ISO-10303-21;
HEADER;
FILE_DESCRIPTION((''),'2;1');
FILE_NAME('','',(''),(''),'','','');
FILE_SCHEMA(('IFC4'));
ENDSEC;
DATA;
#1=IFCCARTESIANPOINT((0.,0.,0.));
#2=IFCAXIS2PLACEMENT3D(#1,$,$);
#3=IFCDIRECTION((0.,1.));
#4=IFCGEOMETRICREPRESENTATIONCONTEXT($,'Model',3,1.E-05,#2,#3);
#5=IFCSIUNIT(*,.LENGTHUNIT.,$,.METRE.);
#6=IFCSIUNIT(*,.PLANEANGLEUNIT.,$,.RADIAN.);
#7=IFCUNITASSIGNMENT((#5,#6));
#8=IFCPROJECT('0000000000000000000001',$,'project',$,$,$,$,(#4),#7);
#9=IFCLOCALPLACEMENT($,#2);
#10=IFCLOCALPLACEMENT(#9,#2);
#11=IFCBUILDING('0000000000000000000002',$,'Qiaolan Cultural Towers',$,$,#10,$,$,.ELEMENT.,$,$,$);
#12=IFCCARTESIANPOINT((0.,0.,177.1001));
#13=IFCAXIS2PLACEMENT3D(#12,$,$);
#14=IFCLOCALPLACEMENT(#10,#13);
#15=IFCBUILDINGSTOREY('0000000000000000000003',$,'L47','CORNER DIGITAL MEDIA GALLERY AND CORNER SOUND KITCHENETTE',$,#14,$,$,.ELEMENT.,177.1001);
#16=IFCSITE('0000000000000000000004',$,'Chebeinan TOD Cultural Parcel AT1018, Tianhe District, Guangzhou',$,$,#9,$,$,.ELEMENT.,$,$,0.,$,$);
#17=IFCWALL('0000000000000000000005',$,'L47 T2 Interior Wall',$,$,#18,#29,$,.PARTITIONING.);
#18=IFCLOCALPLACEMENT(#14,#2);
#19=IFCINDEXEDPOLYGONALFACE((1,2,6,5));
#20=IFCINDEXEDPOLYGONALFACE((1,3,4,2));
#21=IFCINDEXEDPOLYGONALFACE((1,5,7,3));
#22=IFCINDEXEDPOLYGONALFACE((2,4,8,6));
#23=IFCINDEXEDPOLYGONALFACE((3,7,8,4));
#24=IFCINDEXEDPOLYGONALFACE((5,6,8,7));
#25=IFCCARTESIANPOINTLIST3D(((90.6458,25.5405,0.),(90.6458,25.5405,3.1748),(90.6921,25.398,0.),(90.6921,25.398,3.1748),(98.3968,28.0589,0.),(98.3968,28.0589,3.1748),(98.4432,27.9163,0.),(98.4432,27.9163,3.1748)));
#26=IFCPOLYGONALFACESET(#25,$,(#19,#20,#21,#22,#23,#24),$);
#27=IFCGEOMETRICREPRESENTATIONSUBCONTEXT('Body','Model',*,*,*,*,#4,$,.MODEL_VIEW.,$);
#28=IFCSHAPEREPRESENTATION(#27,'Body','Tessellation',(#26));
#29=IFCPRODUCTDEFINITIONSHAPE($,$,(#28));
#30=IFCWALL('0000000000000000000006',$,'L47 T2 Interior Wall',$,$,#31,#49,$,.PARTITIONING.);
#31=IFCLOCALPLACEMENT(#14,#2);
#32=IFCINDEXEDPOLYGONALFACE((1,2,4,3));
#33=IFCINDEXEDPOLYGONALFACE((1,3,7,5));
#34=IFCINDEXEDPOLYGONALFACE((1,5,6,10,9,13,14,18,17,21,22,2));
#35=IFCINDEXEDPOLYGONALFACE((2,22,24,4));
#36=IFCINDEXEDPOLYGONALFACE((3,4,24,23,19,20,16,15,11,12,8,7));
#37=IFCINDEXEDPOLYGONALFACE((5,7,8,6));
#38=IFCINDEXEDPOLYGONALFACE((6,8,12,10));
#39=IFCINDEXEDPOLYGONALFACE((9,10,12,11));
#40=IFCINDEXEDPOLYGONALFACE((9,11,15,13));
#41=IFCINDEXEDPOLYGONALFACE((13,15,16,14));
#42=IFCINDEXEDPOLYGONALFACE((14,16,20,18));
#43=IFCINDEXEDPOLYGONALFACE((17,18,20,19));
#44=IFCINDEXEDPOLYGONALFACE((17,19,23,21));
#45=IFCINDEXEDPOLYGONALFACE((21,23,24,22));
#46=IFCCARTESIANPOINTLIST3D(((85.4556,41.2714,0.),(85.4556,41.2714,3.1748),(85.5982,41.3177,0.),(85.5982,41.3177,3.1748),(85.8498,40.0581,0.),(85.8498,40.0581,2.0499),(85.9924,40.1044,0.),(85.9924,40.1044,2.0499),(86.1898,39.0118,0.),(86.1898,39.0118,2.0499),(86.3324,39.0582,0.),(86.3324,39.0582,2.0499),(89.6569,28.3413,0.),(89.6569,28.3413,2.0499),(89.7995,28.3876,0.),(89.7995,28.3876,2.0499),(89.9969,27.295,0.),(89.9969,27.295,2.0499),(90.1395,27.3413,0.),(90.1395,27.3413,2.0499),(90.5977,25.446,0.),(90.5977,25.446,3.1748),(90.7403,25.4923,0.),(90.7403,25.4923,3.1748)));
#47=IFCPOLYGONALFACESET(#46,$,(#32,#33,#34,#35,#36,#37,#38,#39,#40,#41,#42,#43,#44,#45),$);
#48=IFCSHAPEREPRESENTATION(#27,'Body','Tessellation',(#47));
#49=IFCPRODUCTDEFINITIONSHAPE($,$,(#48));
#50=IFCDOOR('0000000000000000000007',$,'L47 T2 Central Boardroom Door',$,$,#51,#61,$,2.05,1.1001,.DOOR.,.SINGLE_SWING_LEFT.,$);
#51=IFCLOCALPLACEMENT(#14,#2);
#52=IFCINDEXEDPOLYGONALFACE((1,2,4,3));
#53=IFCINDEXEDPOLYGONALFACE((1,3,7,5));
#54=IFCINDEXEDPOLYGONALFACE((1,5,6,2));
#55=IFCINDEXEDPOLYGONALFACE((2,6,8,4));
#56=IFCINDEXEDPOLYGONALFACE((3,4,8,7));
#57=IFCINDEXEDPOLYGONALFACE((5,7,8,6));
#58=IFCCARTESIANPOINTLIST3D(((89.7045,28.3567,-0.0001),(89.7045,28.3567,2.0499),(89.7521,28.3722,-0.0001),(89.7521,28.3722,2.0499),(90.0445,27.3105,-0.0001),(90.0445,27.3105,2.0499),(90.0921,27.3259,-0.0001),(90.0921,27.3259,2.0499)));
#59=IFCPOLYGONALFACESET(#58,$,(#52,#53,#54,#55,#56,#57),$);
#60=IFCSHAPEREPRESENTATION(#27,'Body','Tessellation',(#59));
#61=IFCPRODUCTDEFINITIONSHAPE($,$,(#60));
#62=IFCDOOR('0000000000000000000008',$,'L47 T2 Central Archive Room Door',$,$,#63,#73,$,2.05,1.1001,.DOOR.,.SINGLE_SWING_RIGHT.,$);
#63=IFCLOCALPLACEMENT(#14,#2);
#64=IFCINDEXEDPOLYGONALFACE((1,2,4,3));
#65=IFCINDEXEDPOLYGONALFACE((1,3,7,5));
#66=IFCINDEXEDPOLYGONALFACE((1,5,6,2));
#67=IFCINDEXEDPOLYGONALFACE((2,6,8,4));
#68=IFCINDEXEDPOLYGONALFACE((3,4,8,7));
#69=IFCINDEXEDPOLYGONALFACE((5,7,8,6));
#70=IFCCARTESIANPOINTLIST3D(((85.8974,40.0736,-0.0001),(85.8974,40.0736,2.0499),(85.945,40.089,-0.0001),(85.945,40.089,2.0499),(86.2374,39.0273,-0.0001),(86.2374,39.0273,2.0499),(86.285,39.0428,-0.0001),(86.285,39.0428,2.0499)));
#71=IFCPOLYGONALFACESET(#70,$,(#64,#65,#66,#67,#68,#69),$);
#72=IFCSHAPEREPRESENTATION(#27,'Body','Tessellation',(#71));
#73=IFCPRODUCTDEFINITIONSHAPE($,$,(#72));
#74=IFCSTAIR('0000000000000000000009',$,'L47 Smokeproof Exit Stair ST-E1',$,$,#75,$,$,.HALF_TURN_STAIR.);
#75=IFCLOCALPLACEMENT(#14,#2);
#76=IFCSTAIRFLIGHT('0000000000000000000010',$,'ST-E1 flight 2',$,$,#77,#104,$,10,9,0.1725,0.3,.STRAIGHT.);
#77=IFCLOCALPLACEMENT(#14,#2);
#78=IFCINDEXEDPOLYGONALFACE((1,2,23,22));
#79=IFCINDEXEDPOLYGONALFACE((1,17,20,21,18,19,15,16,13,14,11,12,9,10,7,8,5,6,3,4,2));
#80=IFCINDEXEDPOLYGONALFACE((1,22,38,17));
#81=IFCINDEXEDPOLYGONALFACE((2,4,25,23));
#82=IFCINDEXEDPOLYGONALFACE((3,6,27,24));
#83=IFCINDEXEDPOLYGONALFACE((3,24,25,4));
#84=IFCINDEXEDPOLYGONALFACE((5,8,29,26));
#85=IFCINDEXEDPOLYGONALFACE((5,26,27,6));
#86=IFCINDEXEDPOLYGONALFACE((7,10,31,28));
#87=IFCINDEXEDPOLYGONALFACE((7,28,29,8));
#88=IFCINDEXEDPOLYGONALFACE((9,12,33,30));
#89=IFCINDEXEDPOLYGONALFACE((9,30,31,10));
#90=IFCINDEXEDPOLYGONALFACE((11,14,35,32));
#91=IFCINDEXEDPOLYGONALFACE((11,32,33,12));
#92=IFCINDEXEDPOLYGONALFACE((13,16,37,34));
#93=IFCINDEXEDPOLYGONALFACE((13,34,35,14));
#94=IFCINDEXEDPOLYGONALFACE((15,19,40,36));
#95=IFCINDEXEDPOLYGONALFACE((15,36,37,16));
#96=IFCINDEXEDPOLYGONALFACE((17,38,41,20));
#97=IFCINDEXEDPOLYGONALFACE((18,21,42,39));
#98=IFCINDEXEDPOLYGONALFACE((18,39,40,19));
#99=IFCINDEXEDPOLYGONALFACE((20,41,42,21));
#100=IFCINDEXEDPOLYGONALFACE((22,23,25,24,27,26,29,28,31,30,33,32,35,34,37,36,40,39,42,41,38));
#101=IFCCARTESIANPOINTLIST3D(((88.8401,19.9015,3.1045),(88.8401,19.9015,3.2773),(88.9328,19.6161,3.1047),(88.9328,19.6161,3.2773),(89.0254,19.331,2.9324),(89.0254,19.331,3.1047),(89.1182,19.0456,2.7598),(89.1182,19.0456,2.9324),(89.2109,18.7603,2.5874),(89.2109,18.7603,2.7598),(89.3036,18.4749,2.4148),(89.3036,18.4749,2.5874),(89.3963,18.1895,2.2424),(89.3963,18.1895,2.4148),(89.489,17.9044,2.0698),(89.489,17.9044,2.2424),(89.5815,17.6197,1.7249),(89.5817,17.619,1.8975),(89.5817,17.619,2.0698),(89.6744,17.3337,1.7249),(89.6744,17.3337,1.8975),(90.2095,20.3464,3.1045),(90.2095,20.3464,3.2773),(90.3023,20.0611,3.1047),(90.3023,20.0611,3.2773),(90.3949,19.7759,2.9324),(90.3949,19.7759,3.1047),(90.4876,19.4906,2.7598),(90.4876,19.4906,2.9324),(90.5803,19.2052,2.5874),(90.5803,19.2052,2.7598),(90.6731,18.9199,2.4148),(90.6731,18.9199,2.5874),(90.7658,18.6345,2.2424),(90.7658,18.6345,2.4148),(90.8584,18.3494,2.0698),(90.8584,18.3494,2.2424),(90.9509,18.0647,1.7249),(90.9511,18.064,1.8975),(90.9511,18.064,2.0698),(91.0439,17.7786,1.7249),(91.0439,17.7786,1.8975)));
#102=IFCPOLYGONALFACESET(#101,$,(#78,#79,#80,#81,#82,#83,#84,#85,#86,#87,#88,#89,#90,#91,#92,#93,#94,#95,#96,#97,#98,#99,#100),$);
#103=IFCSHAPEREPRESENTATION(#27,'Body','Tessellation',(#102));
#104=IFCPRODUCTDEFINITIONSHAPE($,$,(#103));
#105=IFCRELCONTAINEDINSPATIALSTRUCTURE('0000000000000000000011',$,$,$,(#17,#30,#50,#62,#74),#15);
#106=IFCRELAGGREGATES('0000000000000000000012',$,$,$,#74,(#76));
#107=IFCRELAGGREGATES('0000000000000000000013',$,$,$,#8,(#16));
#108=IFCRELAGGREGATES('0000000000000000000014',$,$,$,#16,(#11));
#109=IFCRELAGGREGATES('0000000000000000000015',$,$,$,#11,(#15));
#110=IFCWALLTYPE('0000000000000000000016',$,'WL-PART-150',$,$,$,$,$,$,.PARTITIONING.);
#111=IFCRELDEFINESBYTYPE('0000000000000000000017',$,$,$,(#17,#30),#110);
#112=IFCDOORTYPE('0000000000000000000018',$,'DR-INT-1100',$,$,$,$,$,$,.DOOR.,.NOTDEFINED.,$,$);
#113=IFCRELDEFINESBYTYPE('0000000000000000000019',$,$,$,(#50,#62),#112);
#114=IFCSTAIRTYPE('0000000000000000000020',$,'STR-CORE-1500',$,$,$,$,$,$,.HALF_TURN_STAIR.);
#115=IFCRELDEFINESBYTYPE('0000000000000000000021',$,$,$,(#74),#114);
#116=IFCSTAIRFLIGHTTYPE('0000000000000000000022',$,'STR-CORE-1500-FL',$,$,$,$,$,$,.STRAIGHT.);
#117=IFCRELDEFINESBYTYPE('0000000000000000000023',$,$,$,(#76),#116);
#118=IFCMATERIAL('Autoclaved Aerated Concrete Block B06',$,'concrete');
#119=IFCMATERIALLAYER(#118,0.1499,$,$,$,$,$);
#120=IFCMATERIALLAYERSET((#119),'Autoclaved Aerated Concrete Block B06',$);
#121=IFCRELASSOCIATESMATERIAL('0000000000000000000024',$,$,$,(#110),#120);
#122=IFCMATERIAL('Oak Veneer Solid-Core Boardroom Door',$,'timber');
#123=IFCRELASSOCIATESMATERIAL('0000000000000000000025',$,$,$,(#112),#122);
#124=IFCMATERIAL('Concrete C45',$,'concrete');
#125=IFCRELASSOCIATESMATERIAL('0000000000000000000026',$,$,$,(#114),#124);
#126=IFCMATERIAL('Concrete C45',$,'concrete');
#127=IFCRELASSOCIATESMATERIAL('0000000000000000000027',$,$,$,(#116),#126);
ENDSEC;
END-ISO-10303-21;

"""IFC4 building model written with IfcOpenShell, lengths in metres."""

from ifc_helpers import new_model, si_unit, direction, frame, frame_2d, origin, place, context, subcontext, project, spatial, polyline, rectangle, outline, extrude, material, layer, layer_set, type_object, element, fill, aggregate, save


model = new_model("IFC4")

# Units and contexts
model_context = context("Model", 3, precision=1e-05, world=origin(), true_north=direction((0.0, 1.0)))
body_context = subcontext(model_context, "Body", "Model", "MODEL_VIEW")
ifc_project = project(units=[si_unit("LENGTHUNIT", "METRE"), si_unit("PLANEANGLEUNIT", "RADIAN")], contexts=[model_context])

# Site, building, storey
site_placement = place(None, origin())
site = spatial("IfcSite", under=ifc_project, at=site_placement, Name="Chebeinan TOD Cultural Parcel AT1018, Tianhe District, Guangzhou", CompositionType="ELEMENT", RefElevation=0.0)
building_placement = place(site_placement, origin())
building = spatial("IfcBuilding", under=site, at=building_placement, Name="Qiaolan Cultural Towers", CompositionType="ELEMENT")
storey_placement = place(building_placement, frame((0.0, 0.0, 177.1001)))
storey = spatial("IfcBuildingStorey", under=building, at=storey_placement, Name="L47", Description="CORNER DIGITAL MEDIA GALLERY AND CORNER SOUND KITCHENETTE", CompositionType="ELEMENT", Elevation=177.1001)

# Shared definitions
ifc_material_1 = material(Name="Autoclaved Aerated Concrete Block B06", Category="concrete")
ifc_layer_1 = layer(ifc_material_1, 0.1499)
ifc_layer_set_1 = layer_set([ifc_layer_1], Name="Autoclaved Aerated Concrete Block B06")
wall_type_1 = type_object("IfcWallType", Name="WL-PART-150", PredefinedType="PARTITIONING", material=ifc_layer_set_1)

# Wall
wall_1_placement = place(storey_placement, frame((90.6689, 25.4692, 0.0), z_axis=(0.0, 0.0, 1.0), x_axis=(0.951061, 0.309002, 0.0)))
element("IfcWall", 1, at=wall_1_placement, inside=storey, type_object=wall_type_1, Name="L47 T2 Interior Wall", PredefinedType="PARTITIONING", context=body_context, shape_type="SweptSolid", body=[
    extrude(rectangle(XDim=8.1499, YDim=0.1499, at=frame_2d((4.075, 0.0))), origin(), (0.0, 0.0, 1.0), 3.1748),
])

# Wall, openings, doors
wall_2_placement = place(storey_placement, frame((90.6689, 25.4692, 0.0), z_axis=(0.0, 0.0, 1.0), x_axis=(-0.309022, 0.951055, 0.0)))
wall_2 = element("IfcWall", 2, at=wall_2_placement, inside=storey, type_object=wall_type_1, Name="L47 T2 Interior Wall", PredefinedType="PARTITIONING", context=body_context, shape_type="SweptSolid", body=[
    extrude(rectangle(XDim=16.6399, YDim=0.1499, at=frame_2d((8.3198, 0.0))), origin(), (0.0, 0.0, 1.0), 3.1748),
])
opening_1_placement = place(wall_2_placement, frame((1.9441, 0.0, 0.0)))
opening_1 = element("IfcOpeningElement", 3, at=opening_1_placement, cuts=wall_2, PredefinedType="OPENING", context=body_context, shape_type="SweptSolid", body=[
    extrude(rectangle(XDim=1.1001, YDim=2.05, at=frame_2d((0.55, 1.0249))), frame((0.0, 0.085, 0.0), z_axis=(0.0, -1.0, 0.0), x_axis=(1.0, 0.0, 0.0)), (0.0, 0.0, 1.0), 0.1699),
])
opening_2_placement = place(wall_2_placement, frame((14.2639, 0.0, 0.0)))
opening_2 = element("IfcOpeningElement", 4, at=opening_2_placement, cuts=wall_2, PredefinedType="OPENING", context=body_context, shape_type="SweptSolid", body=[
    extrude(rectangle(XDim=1.1001, YDim=2.05, at=frame_2d((0.55, 1.0249))), frame((0.0, 0.085, 0.0), z_axis=(0.0, -1.0, 0.0), x_axis=(1.0, 0.0, 0.0)), (0.0, 0.0, 1.0), 0.1699),
])
ifc_material_2 = material(Name="Oak Veneer Solid-Core Boardroom Door", Category="timber")
door_type_1 = type_object("IfcDoorType", Name="DR-INT-1100", OperationType="NOTDEFINED", PredefinedType="DOOR", material=ifc_material_2)
door_1_placement = place(opening_1_placement, origin())
door_1 = element("IfcDoor", 5, at=door_1_placement, inside=storey, type_object=door_type_1, Name="L47 T2 Central Boardroom Door", OperationType="SINGLE_SWING_LEFT", OverallHeight=2.05, OverallWidth=1.1001, PredefinedType="DOOR", context=body_context, shape_type="SweptSolid", body=[
    extrude(rectangle(XDim=1.1001, YDim=2.05, at=frame_2d((0.55, 1.0249))), frame((0.0, 0.0249, 0.0), z_axis=(0.0, -1.0, 0.0), x_axis=(1.0, 0.0, 0.0)), (0.0, 0.0, 1.0), 0.05),
])
fill(opening_1, door_1)
door_2_placement = place(opening_2_placement, origin())
door_2 = element("IfcDoor", 6, at=door_2_placement, inside=storey, type_object=door_type_1, Name="L47 T2 Central Archive Room Door", OperationType="SINGLE_SWING_RIGHT", OverallHeight=2.05, OverallWidth=1.1001, PredefinedType="DOOR", context=body_context, shape_type="SweptSolid", body=[
    extrude(rectangle(XDim=1.1001, YDim=2.05, at=frame_2d((0.55, 1.0249))), frame((0.0, 0.0249, 0.0), z_axis=(0.0, -1.0, 0.0), x_axis=(1.0, 0.0, 0.0)), (0.0, 0.0, 1.0), 0.05),
])
fill(opening_2, door_2)

# Stair, stair flight
ifc_material_3 = material(Name="Concrete C45", Category="concrete")
stair_type = type_object("IfcStairType", Name="STR-CORE-1500", PredefinedType="HALF_TURN_STAIR", material=ifc_material_3)
stair_placement = place(storey_placement, origin())
stair = element("IfcStair", 7, at=stair_placement, inside=storey, type_object=stair_type, Name="L47 Smokeproof Exit Stair ST-E1", PredefinedType="HALF_TURN_STAIR")
ifc_material_4 = material(Name="Concrete C45", Category="concrete")
stair_flight_type = type_object("IfcStairFlightType", Name="STR-CORE-1500-FL", PredefinedType="STRAIGHT", material=ifc_material_4)
stair_flight_placement = place(storey_placement, frame((90.3591, 17.5562, 1.7249), z_axis=(0.0, 0.0, 1.0), x_axis=(-0.309017, 0.951057, 0.0)))
stair_flight = element("IfcStairFlight", 8, at=stair_flight_placement, type_object=stair_flight_type, Name="ST-E1 flight 2", NumberOfRisers=10, NumberOfTreads=9, PredefinedType="STRAIGHT", RiserHeight=0.1725, TreadLength=0.3, context=body_context, shape_type="SweptSolid", body=[
    extrude(outline(polyline([(0.0, 0.0), (0.0, 0.1726), (0.3, 0.1726), (0.3, 0.345), (0.6001, 0.345), (0.6001, 0.5176), (0.8999, 0.5176), (0.8999, 0.6899), (1.2, 0.6899), (1.2, 0.8625), (1.5, 0.8625), (1.5, 1.0349), (1.8, 1.0349), (1.8, 1.2075), (2.1001, 1.2075), (2.1001, 1.3799), (2.3999, 1.3799), (2.3999, 1.5525), (2.7, 1.5525), (2.7, 1.7251), (2.7, 1.3796), (0.3008, 0.0), (0.0, 0.0)])), frame((0.0, 0.72, 0.0), z_axis=(0.0, -1.0, 0.0), x_axis=(1.0, 0.0, 0.0)), (0.0, 0.0, 1.0), 1.4399),
])
aggregate(stair, [stair_flight])

save(model, "model.ifc")
